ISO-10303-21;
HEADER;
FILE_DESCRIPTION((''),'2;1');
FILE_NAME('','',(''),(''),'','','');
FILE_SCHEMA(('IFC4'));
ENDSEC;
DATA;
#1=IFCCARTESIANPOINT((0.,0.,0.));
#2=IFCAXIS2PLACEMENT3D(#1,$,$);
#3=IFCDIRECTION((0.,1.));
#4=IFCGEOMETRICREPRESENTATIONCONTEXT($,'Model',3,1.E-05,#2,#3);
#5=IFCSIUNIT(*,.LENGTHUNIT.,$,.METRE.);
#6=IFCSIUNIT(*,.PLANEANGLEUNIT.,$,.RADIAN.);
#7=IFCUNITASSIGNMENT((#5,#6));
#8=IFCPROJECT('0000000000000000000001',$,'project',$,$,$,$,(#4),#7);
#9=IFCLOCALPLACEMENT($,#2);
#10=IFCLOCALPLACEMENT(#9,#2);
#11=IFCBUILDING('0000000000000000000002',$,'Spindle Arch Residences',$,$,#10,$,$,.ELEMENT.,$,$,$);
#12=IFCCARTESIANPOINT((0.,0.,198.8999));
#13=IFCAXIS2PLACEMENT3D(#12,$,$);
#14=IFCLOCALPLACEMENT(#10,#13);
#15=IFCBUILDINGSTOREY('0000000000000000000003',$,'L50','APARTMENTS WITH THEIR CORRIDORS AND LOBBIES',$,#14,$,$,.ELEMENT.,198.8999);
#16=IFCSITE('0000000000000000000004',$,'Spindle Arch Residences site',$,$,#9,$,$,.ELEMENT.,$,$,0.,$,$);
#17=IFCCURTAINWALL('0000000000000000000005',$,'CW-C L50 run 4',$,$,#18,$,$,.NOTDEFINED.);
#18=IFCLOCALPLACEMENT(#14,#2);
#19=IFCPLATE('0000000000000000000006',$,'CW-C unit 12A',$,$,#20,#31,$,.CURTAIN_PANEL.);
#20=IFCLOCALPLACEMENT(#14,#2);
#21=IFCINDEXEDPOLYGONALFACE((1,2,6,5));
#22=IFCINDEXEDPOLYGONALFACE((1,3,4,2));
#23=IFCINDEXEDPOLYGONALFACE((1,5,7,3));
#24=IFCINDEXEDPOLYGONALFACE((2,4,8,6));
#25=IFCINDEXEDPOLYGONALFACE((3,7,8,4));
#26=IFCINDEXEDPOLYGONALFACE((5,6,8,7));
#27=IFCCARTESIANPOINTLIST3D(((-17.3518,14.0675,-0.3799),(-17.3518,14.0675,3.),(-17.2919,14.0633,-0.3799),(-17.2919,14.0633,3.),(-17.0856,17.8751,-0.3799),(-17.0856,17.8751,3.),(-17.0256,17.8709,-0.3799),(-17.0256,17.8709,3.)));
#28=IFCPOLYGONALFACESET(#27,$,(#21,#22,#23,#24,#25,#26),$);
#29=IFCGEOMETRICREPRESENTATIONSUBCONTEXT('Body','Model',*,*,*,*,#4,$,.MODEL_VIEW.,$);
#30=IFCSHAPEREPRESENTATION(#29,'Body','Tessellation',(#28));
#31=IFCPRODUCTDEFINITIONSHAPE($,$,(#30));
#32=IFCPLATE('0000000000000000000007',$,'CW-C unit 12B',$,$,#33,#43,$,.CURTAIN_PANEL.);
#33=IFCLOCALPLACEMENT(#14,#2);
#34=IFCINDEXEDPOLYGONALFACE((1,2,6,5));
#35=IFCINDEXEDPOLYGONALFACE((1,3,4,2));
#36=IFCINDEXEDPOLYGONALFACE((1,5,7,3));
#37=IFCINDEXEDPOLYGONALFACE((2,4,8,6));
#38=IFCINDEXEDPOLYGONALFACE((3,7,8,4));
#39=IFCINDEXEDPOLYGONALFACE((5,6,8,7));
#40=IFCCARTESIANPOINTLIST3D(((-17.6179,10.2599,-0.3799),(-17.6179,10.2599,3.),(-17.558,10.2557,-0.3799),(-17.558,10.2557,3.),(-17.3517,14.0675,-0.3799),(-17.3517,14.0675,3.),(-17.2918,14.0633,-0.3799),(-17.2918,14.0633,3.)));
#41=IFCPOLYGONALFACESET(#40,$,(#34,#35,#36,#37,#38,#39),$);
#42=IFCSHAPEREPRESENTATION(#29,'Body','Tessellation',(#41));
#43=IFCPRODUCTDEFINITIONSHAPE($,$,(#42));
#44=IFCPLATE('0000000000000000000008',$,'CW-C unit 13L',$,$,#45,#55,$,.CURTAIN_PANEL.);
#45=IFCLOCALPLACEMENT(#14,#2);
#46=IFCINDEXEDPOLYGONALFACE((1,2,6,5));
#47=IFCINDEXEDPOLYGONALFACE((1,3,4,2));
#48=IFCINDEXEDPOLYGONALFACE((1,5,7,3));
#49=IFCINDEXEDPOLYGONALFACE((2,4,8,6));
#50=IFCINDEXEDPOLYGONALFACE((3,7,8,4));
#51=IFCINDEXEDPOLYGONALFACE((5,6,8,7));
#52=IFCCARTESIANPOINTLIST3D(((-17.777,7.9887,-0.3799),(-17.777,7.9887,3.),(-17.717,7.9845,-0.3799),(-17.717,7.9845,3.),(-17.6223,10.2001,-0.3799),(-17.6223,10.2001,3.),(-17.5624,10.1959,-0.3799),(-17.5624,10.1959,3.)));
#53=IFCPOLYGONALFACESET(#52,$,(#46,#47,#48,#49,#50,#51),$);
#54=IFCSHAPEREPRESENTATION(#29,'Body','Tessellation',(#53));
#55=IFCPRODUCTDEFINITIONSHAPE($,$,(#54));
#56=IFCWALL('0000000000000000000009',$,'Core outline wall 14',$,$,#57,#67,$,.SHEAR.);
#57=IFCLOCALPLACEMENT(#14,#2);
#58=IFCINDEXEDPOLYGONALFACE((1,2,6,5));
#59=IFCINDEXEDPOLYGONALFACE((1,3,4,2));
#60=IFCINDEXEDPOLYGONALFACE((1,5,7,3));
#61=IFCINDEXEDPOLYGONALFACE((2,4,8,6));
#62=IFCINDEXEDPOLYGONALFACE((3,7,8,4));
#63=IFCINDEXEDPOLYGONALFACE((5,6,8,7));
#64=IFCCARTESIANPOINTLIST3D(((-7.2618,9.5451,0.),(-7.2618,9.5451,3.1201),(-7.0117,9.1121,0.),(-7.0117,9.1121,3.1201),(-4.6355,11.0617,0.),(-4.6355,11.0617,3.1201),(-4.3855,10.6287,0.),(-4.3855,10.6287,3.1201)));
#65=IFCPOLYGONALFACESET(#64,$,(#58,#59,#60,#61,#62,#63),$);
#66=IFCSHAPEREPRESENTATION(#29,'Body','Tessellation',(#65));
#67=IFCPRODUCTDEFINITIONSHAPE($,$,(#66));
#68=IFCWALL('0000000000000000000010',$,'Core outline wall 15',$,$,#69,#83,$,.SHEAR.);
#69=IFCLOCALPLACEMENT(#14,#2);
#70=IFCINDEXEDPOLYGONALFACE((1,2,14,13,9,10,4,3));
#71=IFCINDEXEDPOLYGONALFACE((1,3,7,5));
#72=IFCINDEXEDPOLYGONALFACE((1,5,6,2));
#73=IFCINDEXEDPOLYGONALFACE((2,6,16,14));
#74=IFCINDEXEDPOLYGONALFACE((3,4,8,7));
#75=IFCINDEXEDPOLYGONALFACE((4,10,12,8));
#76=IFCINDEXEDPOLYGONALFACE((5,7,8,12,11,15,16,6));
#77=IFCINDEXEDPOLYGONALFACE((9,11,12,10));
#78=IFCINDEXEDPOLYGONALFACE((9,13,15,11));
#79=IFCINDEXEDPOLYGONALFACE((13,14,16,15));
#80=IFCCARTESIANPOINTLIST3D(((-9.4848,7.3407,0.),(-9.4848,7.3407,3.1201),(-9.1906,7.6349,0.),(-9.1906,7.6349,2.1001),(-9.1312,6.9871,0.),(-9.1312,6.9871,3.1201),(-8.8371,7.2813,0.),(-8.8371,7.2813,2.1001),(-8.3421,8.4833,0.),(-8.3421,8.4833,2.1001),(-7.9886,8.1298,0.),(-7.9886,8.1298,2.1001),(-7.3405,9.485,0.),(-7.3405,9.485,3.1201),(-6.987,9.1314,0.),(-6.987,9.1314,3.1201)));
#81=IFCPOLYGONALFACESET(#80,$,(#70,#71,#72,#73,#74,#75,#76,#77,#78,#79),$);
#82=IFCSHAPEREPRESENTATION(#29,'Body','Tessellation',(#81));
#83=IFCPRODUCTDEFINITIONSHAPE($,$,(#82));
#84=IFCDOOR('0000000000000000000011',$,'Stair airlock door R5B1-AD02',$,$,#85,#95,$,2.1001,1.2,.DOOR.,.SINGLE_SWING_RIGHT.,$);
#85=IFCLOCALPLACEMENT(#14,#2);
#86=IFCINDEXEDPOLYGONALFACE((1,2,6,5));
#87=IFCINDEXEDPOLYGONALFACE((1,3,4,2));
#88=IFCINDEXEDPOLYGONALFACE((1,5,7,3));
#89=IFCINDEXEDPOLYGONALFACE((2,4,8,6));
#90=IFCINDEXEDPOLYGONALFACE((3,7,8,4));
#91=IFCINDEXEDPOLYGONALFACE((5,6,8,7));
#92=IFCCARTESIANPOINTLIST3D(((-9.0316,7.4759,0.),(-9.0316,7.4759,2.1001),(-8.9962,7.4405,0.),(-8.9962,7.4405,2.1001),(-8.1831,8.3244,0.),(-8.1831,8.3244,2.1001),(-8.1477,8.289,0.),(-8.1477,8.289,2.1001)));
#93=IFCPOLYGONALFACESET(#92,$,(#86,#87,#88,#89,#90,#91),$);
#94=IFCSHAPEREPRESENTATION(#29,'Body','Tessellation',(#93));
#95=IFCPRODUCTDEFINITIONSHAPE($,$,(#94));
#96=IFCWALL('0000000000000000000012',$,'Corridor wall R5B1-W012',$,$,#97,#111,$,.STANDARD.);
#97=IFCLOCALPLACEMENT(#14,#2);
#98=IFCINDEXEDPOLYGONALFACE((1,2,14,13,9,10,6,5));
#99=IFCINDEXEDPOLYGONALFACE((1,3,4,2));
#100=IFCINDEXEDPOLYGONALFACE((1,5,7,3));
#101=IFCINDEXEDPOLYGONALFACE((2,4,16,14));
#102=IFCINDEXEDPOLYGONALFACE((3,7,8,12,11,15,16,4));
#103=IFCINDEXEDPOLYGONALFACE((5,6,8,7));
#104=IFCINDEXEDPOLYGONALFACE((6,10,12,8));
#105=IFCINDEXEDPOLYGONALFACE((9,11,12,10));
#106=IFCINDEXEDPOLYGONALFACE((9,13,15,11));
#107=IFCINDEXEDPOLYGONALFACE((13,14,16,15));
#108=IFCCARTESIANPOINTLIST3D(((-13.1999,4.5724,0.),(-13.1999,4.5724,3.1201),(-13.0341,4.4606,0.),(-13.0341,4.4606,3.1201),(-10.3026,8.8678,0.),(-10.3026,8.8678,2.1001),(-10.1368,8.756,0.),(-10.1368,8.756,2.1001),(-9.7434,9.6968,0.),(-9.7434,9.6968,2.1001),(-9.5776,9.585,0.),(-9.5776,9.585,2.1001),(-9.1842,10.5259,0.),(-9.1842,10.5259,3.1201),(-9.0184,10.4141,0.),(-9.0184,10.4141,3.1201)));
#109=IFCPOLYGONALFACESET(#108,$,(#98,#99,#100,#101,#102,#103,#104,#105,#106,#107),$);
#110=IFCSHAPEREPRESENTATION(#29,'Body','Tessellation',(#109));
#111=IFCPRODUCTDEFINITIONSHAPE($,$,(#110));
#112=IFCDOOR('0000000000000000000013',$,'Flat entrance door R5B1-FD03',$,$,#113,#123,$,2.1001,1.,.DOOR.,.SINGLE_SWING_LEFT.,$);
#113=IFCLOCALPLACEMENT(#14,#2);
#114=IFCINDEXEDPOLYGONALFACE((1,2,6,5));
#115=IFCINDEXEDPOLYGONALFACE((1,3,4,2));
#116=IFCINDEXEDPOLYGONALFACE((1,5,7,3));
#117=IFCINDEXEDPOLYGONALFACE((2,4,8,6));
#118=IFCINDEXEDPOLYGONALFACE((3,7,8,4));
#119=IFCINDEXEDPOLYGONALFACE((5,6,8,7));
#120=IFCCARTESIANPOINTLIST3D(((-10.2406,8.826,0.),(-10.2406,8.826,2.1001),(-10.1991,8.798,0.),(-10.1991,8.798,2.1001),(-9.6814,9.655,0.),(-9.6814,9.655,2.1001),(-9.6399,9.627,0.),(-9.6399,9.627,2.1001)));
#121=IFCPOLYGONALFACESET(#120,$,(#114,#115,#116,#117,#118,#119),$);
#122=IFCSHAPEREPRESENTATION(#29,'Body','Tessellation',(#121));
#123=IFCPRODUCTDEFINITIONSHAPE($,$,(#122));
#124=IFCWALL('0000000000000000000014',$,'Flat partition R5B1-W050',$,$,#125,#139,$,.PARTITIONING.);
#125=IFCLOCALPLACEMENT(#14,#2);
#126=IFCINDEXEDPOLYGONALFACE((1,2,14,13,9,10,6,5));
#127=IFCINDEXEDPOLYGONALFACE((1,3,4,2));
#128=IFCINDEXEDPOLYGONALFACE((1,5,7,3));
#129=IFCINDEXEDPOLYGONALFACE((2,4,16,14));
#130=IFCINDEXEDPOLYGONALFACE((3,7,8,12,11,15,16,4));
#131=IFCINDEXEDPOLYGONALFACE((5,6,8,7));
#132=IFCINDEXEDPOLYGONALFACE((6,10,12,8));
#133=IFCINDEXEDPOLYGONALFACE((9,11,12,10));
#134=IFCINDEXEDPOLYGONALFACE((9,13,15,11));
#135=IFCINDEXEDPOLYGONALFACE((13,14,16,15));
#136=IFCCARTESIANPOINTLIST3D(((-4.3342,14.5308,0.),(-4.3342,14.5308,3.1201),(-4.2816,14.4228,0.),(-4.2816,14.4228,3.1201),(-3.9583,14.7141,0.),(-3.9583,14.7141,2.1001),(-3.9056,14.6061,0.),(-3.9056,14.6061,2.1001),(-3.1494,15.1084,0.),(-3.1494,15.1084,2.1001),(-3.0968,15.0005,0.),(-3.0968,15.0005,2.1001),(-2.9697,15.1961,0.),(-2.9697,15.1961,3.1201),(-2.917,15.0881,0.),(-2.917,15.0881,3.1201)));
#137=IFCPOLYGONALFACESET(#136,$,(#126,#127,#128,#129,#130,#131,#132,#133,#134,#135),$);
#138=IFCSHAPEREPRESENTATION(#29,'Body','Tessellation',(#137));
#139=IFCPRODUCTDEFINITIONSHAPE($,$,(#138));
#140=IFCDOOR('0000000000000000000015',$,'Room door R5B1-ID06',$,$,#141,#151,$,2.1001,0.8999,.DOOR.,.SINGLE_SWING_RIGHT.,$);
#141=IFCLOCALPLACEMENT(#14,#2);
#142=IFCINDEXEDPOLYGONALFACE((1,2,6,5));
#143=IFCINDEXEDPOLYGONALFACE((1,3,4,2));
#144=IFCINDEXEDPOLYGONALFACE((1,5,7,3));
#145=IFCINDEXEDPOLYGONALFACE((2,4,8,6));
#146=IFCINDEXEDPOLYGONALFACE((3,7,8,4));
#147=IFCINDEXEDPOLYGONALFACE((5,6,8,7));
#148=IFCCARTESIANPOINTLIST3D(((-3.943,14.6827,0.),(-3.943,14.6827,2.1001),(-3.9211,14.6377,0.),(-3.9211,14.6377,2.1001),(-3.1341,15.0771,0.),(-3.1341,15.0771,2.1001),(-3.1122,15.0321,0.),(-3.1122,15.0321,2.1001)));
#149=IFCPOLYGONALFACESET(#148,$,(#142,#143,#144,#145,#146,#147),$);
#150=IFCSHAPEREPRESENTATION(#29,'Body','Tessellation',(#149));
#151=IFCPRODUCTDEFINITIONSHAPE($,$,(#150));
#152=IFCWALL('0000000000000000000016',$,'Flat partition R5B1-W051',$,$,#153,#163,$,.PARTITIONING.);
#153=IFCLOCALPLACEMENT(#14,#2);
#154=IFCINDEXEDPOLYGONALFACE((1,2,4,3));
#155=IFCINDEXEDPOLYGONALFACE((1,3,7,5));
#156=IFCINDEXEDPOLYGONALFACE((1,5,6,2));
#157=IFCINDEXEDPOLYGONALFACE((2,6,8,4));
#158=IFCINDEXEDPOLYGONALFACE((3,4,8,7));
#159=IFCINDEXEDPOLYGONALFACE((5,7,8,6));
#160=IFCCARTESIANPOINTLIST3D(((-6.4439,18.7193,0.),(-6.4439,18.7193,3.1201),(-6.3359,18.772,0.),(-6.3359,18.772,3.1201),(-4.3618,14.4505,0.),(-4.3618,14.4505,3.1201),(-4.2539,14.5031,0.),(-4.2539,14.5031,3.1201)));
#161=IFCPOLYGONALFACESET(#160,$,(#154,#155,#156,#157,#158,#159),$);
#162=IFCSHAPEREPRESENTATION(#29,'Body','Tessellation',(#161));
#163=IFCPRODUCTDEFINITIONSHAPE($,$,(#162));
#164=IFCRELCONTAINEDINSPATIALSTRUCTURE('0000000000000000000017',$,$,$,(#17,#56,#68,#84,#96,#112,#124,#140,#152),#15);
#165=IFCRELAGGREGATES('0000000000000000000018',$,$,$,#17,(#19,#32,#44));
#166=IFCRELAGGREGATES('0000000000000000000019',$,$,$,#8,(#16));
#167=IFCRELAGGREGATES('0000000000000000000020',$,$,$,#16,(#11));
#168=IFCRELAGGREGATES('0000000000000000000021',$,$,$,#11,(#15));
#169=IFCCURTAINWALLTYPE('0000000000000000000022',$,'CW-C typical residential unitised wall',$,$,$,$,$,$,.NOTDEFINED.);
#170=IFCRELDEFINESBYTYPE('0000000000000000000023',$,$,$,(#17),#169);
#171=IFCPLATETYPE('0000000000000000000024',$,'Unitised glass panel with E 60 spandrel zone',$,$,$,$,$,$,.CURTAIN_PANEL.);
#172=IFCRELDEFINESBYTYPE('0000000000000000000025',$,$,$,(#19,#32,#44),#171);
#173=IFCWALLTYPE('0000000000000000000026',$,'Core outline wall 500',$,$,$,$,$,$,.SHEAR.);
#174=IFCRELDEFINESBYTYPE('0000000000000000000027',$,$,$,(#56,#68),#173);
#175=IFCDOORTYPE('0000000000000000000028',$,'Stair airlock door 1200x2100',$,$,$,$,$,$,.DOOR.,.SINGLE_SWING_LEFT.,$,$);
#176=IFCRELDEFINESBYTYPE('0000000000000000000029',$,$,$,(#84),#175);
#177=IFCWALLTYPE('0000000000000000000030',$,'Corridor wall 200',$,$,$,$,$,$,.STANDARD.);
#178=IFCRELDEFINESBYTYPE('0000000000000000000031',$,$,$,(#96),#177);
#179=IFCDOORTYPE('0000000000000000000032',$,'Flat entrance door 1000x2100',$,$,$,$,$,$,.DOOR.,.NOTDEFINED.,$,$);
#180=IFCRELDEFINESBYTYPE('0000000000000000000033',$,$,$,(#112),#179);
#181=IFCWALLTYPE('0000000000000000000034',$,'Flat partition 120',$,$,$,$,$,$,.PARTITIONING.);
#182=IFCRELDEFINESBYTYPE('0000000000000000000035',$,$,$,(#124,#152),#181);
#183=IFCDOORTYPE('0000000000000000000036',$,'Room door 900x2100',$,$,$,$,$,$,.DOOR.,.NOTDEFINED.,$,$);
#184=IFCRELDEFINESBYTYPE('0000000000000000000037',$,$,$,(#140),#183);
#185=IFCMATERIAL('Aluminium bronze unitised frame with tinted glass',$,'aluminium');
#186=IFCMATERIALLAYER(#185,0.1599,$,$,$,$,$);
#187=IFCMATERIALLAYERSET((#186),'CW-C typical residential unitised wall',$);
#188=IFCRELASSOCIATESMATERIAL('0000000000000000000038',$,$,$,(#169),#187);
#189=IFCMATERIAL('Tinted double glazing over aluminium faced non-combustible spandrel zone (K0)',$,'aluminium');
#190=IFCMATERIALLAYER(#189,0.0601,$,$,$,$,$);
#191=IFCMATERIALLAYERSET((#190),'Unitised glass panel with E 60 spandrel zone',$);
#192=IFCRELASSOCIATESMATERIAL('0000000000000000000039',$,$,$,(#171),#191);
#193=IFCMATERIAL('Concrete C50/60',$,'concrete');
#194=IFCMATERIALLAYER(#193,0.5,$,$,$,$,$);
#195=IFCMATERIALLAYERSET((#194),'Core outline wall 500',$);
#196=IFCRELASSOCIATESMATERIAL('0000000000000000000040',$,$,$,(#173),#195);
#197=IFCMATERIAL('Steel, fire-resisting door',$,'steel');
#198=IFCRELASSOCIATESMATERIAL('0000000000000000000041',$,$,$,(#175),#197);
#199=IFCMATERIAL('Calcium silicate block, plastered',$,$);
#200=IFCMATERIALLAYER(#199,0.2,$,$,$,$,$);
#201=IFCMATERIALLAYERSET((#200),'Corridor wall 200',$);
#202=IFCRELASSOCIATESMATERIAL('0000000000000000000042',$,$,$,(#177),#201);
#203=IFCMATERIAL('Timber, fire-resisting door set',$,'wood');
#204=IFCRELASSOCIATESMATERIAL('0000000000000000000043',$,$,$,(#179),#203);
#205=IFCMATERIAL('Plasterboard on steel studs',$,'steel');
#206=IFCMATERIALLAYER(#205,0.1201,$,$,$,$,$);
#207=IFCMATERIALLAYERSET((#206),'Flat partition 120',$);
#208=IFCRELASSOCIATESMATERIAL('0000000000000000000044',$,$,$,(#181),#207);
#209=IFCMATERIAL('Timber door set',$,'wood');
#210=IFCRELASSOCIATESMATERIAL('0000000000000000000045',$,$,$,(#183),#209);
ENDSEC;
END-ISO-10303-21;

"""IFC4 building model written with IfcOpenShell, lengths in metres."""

from ifc_helpers import new_model, si_unit, direction, frame, frame_2d, origin, origin_2d, place, context, subcontext, project, spatial, rectangle, extrude, material, layer, layer_set, type_object, element, fill, aggregate, save


model = new_model("IFC4")

# Units and contexts
model_context = context("Model", 3, precision=1e-05, world=origin(), true_north=direction((0.0, 1.0)))
body_context = subcontext(model_context, "Body", "Model", "MODEL_VIEW")
ifc_project = project(units=[si_unit("LENGTHUNIT", "METRE"), si_unit("PLANEANGLEUNIT", "RADIAN")], contexts=[model_context])

# Site, building, storey
site_placement = place(None, origin())
site = spatial("IfcSite", under=ifc_project, at=site_placement, Name="Spindle Arch Residences site", CompositionType="ELEMENT", RefElevation=0.0)
building_placement = place(site_placement, origin())
building = spatial("IfcBuilding", under=site, at=building_placement, Name="Spindle Arch Residences", CompositionType="ELEMENT")
storey_placement = place(building_placement, frame((0.0, 0.0, 198.8999)))
storey = spatial("IfcBuildingStorey", under=building, at=storey_placement, Name="L50", Description="APARTMENTS WITH THEIR CORRIDORS AND LOBBIES", CompositionType="ELEMENT", Elevation=198.8999)

# Curtain wall
ifc_material_1 = material(Name="Aluminium bronze unitised frame with tinted glass", Category="aluminium")
ifc_layer_1 = layer(ifc_material_1, 0.1599)
ifc_layer_set_1 = layer_set([ifc_layer_1], Name="CW-C typical residential unitised wall")
curtain_wall_type = type_object("IfcCurtainWallType", Name="CW-C typical residential unitised wall", PredefinedType="NOTDEFINED", material=ifc_layer_set_1)
curtain_wall_placement = place(storey_placement, origin())
curtain_wall = element("IfcCurtainWall", 1, at=curtain_wall_placement, inside=storey, type_object=curtain_wall_type, Name="CW-C L50 run 4", PredefinedType="NOTDEFINED")

# Plates
ifc_material_2 = material(Name="Tinted double glazing over aluminium faced non-combustible spandrel zone (K0)", Category="aluminium")
ifc_layer_2 = layer(ifc_material_2, 0.0601)
ifc_layer_set_2 = layer_set([ifc_layer_2], Name="Unitised glass panel with E 60 spandrel zone")
plate_type = type_object("IfcPlateType", Name="Unitised glass panel with E 60 spandrel zone", PredefinedType="CURTAIN_PANEL", material=ifc_layer_set_2)
plate_1_placement = place(storey_placement, frame((-17.1887, 15.9692, -0.3799), z_axis=(0.0, 0.0, 1.0), x_axis=(-0.069756, -0.997564, 0.0)))
plate_1 = element("IfcPlate", 2, at=plate_1_placement, type_object=plate_type, Name="CW-C unit 12A", PredefinedType="CURTAIN_PANEL", context=body_context, shape_type="SweptSolid", body=[
    extrude(rectangle(XDim=3.8169, YDim=0.0601, at=origin_2d()), origin(), (0.0, 0.0, 1.0), 3.3799),
])
plate_2_placement = place(storey_placement, frame((-17.4548, 12.1616, -0.3799), z_axis=(0.0, 0.0, 1.0), x_axis=(-0.069756, -0.997564, 0.0)))
plate_2 = element("IfcPlate", 3, at=plate_2_placement, type_object=plate_type, Name="CW-C unit 12B", PredefinedType="CURTAIN_PANEL", context=body_context, shape_type="SweptSolid", body=[
    extrude(rectangle(XDim=3.8169, YDim=0.0601, at=origin_2d()), origin(), (0.0, 0.0, 1.0), 3.3799),
])
plate_3_placement = place(storey_placement, frame((-17.6697, 9.0923, -0.3799), z_axis=(0.0, 0.0, 1.0), x_axis=(-0.069756, -0.997564, 0.0)))
plate_3 = element("IfcPlate", 4, at=plate_3_placement, type_object=plate_type, Name="CW-C unit 13L", PredefinedType="CURTAIN_PANEL", context=body_context, shape_type="SweptSolid", body=[
    extrude(rectangle(XDim=2.2168, YDim=0.0601, at=origin_2d()), origin(), (0.0, 0.0, 1.0), 3.3799),
])
aggregate(curtain_wall, [plate_1, plate_2, plate_3])

# Wall
ifc_material_3 = material(Name="Concrete C50/60", Category="concrete")
ifc_layer_3 = layer(ifc_material_3, 0.5)
ifc_layer_set_3 = layer_set([ifc_layer_3], Name="Core outline wall 500")
wall_type_1 = type_object("IfcWallType", Name="Core outline wall 500", PredefinedType="SHEAR", material=ifc_layer_set_3)
wall_1_placement = place(storey_placement, frame((-4.5105, 10.8452, 0.0), z_axis=(0.0, 0.0, 1.0), x_axis=(-0.865975, -0.500087, 0.0)))
element("IfcWall", 5, at=wall_1_placement, inside=storey, type_object=wall_type_1, Name="Core outline wall 14", PredefinedType="SHEAR", context=body_context, shape_type="SweptSolid", body=[
    extrude(rectangle(XDim=3.0327, YDim=0.5, at=frame_2d((1.5164, 0.0))), origin(), (0.0, 0.0, 1.0), 3.1201),
])

# Walls, openings, doors
wall_2_placement = place(storey_placement, frame((-7.1638, 9.3081, 0.0), z_axis=(0.0, 0.0, 1.0), x_axis=(-0.707107, -0.707107, 0.0)))
wall_2 = element("IfcWall", 6, at=wall_2_placement, inside=storey, type_object=wall_type_1, Name="Core outline wall 15", PredefinedType="SHEAR", context=body_context, shape_type="SweptSolid", body=[
    extrude(rectangle(XDim=3.0325, YDim=0.5, at=frame_2d((1.5161, 0.0))), origin(), (0.0, 0.0, 1.0), 3.1201),
])
opening_1_placement = place(wall_2_placement, frame((1.4163, 0.0, 0.0)))
opening_1 = element("IfcOpeningElement", 7, at=opening_1_placement, cuts=wall_2, PredefinedType="OPENING", context=body_context, shape_type="SweptSolid", body=[
    extrude(rectangle(XDim=1.2, YDim=2.1001, at=frame_2d((0.6001, 1.05))), frame((0.0, 0.26, 0.0), z_axis=(0.0, -1.0, 0.0), x_axis=(1.0, 0.0, 0.0)), (0.0, 0.0, 1.0), 0.52),
])
ifc_material_4 = material(Name="Steel, fire-resisting door", Category="steel")
door_type_1 = type_object("IfcDoorType", Name="Stair airlock door 1200x2100", OperationType="SINGLE_SWING_LEFT", PredefinedType="DOOR", material=ifc_material_4)
door_1_placement = place(opening_1_placement, origin())
door_1 = element("IfcDoor", 8, at=door_1_placement, inside=storey, type_object=door_type_1, Name="Stair airlock door R5B1-AD02", OperationType="SINGLE_SWING_RIGHT", OverallHeight=2.1001, OverallWidth=1.2, PredefinedType="DOOR", context=body_context, shape_type="SweptSolid", body=[
    extrude(rectangle(XDim=1.2, YDim=2.1001, at=frame_2d((0.6001, 1.05))), frame((0.0, 0.0249, 0.0), z_axis=(0.0, -1.0, 0.0), x_axis=(1.0, 0.0, 0.0)), (0.0, 0.0, 1.0), 0.05),
])
fill(opening_1, door_1)
ifc_material_5 = material(Name="Calcium silicate block, plastered")
ifc_layer_4 = layer(ifc_material_5, 0.2)
ifc_layer_set_4 = layer_set([ifc_layer_4], Name="Corridor wall 200")
wall_type_2 = type_object("IfcWallType", Name="Corridor wall 200", PredefinedType="STANDARD", material=ifc_layer_set_4)
wall_3_placement = place(storey_placement, frame((-9.1013, 10.47, 0.0), z_axis=(0.0, 0.0, 1.0), x_axis=(-0.559195, -0.829036, 0.0)))
wall_3 = element("IfcWall", 9, at=wall_3_placement, inside=storey, type_object=wall_type_2, Name="Corridor wall R5B1-W012", PredefinedType="STANDARD", context=body_context, shape_type="SweptSolid", body=[
    extrude(rectangle(XDim=7.1812, YDim=0.2, at=frame_2d((3.5906, 0.0))), origin(), (0.0, 0.0, 1.0), 3.1201),
])
opening_2_placement = place(wall_3_placement, frame((1.0, 0.0, 0.0)))
opening_2 = element("IfcOpeningElement", 10, at=opening_2_placement, cuts=wall_3, PredefinedType="OPENING", context=body_context, shape_type="SweptSolid", body=[
    extrude(rectangle(XDim=1.0, YDim=2.1001, at=frame_2d((0.5, 1.05))), frame((0.0, 0.1099, 0.0), z_axis=(0.0, -1.0, 0.0), x_axis=(1.0, 0.0, 0.0)), (0.0, 0.0, 1.0), 0.22),
])
ifc_material_6 = material(Name="Timber, fire-resisting door set", Category="wood")
door_type_2 = type_object("IfcDoorType", Name="Flat entrance door 1000x2100", OperationType="NOTDEFINED", PredefinedType="DOOR", material=ifc_material_6)
door_2_placement = place(opening_2_placement, origin())
door_2 = element("IfcDoor", 11, at=door_2_placement, inside=storey, type_object=door_type_2, Name="Flat entrance door R5B1-FD03", OperationType="SINGLE_SWING_LEFT", OverallHeight=2.1001, OverallWidth=1.0, PredefinedType="DOOR", context=body_context, shape_type="SweptSolid", body=[
    extrude(rectangle(XDim=1.0, YDim=2.1001, at=frame_2d((0.5, 1.05))), frame((0.0, 0.0249, 0.0), z_axis=(0.0, -1.0, 0.0), x_axis=(1.0, 0.0, 0.0)), (0.0, 0.0, 1.0), 0.05),
])
fill(opening_2, door_2)
ifc_material_7 = material(Name="Plasterboard on steel studs", Category="steel")
ifc_layer_5 = layer(ifc_material_7, 0.1201)
ifc_layer_set_5 = layer_set([ifc_layer_5], Name="Flat partition 120")
wall_type_3 = type_object("IfcWallType", Name="Flat partition 120", PredefinedType="PARTITIONING", material=ifc_layer_set_5)
wall_4_placement = place(storey_placement, frame((-2.9434, 15.1421, 0.0), z_axis=(0.0, 0.0, 1.0), x_axis=(-0.898853, -0.438249, 0.0)))
wall_4 = element("IfcWall", 12, at=wall_4_placement, inside=storey, type_object=wall_type_3, Name="Flat partition R5B1-W050", PredefinedType="PARTITIONING", context=body_context, shape_type="SweptSolid", body=[
    extrude(rectangle(XDim=1.5181, YDim=0.1201, at=frame_2d((0.759, 0.0))), origin(), (0.0, 0.0, 1.0), 3.1201),
])
opening_3_placement = place(wall_4_placement, frame((0.2, 0.0, 0.0)))
opening_3 = element("IfcOpeningElement", 13, at=opening_3_placement, cuts=wall_4, PredefinedType="OPENING", context=body_context, shape_type="SweptSolid", body=[
    extrude(rectangle(XDim=0.8999, YDim=2.1001, at=frame_2d((0.45, 1.05))), frame((0.0, 0.0701, 0.0), z_axis=(0.0, -1.0, 0.0), x_axis=(1.0, 0.0, 0.0)), (0.0, 0.0, 1.0), 0.1401),
])
ifc_material_8 = material(Name="Timber door set", Category="wood")
door_type_3 = type_object("IfcDoorType", Name="Room door 900x2100", OperationType="NOTDEFINED", PredefinedType="DOOR", material=ifc_material_8)
door_3_placement = place(opening_3_placement, origin())
door_3 = element("IfcDoor", 14, at=door_3_placement, inside=storey, type_object=door_type_3, Name="Room door R5B1-ID06", OperationType="SINGLE_SWING_RIGHT", OverallHeight=2.1001, OverallWidth=0.8999, PredefinedType="DOOR", context=body_context, shape_type="SweptSolid", body=[
    extrude(rectangle(XDim=0.8999, YDim=2.1001, at=frame_2d((0.45, 1.05))), frame((0.0, 0.0249, 0.0), z_axis=(0.0, -1.0, 0.0), x_axis=(1.0, 0.0, 0.0)), (0.0, 0.0, 1.0), 0.05),
])
fill(opening_3, door_3)

# Wall
wall_5_placement = place(storey_placement, frame((-4.3079, 14.4768, 0.0), z_axis=(0.0, 0.0, 1.0), x_axis=(-0.438371, 0.898794, 0.0)))
element("IfcWall", 15, at=wall_5_placement, inside=storey, type_object=wall_type_3, Name="Flat partition R5B1-W051", PredefinedType="PARTITIONING", context=body_context, shape_type="SweptSolid", body=[
    extrude(rectangle(XDim=4.7495, YDim=0.1201, at=frame_2d((2.3748, 0.0))), origin(), (0.0, 0.0, 1.0), 3.1201),
])

save(model, "model.ifc")
